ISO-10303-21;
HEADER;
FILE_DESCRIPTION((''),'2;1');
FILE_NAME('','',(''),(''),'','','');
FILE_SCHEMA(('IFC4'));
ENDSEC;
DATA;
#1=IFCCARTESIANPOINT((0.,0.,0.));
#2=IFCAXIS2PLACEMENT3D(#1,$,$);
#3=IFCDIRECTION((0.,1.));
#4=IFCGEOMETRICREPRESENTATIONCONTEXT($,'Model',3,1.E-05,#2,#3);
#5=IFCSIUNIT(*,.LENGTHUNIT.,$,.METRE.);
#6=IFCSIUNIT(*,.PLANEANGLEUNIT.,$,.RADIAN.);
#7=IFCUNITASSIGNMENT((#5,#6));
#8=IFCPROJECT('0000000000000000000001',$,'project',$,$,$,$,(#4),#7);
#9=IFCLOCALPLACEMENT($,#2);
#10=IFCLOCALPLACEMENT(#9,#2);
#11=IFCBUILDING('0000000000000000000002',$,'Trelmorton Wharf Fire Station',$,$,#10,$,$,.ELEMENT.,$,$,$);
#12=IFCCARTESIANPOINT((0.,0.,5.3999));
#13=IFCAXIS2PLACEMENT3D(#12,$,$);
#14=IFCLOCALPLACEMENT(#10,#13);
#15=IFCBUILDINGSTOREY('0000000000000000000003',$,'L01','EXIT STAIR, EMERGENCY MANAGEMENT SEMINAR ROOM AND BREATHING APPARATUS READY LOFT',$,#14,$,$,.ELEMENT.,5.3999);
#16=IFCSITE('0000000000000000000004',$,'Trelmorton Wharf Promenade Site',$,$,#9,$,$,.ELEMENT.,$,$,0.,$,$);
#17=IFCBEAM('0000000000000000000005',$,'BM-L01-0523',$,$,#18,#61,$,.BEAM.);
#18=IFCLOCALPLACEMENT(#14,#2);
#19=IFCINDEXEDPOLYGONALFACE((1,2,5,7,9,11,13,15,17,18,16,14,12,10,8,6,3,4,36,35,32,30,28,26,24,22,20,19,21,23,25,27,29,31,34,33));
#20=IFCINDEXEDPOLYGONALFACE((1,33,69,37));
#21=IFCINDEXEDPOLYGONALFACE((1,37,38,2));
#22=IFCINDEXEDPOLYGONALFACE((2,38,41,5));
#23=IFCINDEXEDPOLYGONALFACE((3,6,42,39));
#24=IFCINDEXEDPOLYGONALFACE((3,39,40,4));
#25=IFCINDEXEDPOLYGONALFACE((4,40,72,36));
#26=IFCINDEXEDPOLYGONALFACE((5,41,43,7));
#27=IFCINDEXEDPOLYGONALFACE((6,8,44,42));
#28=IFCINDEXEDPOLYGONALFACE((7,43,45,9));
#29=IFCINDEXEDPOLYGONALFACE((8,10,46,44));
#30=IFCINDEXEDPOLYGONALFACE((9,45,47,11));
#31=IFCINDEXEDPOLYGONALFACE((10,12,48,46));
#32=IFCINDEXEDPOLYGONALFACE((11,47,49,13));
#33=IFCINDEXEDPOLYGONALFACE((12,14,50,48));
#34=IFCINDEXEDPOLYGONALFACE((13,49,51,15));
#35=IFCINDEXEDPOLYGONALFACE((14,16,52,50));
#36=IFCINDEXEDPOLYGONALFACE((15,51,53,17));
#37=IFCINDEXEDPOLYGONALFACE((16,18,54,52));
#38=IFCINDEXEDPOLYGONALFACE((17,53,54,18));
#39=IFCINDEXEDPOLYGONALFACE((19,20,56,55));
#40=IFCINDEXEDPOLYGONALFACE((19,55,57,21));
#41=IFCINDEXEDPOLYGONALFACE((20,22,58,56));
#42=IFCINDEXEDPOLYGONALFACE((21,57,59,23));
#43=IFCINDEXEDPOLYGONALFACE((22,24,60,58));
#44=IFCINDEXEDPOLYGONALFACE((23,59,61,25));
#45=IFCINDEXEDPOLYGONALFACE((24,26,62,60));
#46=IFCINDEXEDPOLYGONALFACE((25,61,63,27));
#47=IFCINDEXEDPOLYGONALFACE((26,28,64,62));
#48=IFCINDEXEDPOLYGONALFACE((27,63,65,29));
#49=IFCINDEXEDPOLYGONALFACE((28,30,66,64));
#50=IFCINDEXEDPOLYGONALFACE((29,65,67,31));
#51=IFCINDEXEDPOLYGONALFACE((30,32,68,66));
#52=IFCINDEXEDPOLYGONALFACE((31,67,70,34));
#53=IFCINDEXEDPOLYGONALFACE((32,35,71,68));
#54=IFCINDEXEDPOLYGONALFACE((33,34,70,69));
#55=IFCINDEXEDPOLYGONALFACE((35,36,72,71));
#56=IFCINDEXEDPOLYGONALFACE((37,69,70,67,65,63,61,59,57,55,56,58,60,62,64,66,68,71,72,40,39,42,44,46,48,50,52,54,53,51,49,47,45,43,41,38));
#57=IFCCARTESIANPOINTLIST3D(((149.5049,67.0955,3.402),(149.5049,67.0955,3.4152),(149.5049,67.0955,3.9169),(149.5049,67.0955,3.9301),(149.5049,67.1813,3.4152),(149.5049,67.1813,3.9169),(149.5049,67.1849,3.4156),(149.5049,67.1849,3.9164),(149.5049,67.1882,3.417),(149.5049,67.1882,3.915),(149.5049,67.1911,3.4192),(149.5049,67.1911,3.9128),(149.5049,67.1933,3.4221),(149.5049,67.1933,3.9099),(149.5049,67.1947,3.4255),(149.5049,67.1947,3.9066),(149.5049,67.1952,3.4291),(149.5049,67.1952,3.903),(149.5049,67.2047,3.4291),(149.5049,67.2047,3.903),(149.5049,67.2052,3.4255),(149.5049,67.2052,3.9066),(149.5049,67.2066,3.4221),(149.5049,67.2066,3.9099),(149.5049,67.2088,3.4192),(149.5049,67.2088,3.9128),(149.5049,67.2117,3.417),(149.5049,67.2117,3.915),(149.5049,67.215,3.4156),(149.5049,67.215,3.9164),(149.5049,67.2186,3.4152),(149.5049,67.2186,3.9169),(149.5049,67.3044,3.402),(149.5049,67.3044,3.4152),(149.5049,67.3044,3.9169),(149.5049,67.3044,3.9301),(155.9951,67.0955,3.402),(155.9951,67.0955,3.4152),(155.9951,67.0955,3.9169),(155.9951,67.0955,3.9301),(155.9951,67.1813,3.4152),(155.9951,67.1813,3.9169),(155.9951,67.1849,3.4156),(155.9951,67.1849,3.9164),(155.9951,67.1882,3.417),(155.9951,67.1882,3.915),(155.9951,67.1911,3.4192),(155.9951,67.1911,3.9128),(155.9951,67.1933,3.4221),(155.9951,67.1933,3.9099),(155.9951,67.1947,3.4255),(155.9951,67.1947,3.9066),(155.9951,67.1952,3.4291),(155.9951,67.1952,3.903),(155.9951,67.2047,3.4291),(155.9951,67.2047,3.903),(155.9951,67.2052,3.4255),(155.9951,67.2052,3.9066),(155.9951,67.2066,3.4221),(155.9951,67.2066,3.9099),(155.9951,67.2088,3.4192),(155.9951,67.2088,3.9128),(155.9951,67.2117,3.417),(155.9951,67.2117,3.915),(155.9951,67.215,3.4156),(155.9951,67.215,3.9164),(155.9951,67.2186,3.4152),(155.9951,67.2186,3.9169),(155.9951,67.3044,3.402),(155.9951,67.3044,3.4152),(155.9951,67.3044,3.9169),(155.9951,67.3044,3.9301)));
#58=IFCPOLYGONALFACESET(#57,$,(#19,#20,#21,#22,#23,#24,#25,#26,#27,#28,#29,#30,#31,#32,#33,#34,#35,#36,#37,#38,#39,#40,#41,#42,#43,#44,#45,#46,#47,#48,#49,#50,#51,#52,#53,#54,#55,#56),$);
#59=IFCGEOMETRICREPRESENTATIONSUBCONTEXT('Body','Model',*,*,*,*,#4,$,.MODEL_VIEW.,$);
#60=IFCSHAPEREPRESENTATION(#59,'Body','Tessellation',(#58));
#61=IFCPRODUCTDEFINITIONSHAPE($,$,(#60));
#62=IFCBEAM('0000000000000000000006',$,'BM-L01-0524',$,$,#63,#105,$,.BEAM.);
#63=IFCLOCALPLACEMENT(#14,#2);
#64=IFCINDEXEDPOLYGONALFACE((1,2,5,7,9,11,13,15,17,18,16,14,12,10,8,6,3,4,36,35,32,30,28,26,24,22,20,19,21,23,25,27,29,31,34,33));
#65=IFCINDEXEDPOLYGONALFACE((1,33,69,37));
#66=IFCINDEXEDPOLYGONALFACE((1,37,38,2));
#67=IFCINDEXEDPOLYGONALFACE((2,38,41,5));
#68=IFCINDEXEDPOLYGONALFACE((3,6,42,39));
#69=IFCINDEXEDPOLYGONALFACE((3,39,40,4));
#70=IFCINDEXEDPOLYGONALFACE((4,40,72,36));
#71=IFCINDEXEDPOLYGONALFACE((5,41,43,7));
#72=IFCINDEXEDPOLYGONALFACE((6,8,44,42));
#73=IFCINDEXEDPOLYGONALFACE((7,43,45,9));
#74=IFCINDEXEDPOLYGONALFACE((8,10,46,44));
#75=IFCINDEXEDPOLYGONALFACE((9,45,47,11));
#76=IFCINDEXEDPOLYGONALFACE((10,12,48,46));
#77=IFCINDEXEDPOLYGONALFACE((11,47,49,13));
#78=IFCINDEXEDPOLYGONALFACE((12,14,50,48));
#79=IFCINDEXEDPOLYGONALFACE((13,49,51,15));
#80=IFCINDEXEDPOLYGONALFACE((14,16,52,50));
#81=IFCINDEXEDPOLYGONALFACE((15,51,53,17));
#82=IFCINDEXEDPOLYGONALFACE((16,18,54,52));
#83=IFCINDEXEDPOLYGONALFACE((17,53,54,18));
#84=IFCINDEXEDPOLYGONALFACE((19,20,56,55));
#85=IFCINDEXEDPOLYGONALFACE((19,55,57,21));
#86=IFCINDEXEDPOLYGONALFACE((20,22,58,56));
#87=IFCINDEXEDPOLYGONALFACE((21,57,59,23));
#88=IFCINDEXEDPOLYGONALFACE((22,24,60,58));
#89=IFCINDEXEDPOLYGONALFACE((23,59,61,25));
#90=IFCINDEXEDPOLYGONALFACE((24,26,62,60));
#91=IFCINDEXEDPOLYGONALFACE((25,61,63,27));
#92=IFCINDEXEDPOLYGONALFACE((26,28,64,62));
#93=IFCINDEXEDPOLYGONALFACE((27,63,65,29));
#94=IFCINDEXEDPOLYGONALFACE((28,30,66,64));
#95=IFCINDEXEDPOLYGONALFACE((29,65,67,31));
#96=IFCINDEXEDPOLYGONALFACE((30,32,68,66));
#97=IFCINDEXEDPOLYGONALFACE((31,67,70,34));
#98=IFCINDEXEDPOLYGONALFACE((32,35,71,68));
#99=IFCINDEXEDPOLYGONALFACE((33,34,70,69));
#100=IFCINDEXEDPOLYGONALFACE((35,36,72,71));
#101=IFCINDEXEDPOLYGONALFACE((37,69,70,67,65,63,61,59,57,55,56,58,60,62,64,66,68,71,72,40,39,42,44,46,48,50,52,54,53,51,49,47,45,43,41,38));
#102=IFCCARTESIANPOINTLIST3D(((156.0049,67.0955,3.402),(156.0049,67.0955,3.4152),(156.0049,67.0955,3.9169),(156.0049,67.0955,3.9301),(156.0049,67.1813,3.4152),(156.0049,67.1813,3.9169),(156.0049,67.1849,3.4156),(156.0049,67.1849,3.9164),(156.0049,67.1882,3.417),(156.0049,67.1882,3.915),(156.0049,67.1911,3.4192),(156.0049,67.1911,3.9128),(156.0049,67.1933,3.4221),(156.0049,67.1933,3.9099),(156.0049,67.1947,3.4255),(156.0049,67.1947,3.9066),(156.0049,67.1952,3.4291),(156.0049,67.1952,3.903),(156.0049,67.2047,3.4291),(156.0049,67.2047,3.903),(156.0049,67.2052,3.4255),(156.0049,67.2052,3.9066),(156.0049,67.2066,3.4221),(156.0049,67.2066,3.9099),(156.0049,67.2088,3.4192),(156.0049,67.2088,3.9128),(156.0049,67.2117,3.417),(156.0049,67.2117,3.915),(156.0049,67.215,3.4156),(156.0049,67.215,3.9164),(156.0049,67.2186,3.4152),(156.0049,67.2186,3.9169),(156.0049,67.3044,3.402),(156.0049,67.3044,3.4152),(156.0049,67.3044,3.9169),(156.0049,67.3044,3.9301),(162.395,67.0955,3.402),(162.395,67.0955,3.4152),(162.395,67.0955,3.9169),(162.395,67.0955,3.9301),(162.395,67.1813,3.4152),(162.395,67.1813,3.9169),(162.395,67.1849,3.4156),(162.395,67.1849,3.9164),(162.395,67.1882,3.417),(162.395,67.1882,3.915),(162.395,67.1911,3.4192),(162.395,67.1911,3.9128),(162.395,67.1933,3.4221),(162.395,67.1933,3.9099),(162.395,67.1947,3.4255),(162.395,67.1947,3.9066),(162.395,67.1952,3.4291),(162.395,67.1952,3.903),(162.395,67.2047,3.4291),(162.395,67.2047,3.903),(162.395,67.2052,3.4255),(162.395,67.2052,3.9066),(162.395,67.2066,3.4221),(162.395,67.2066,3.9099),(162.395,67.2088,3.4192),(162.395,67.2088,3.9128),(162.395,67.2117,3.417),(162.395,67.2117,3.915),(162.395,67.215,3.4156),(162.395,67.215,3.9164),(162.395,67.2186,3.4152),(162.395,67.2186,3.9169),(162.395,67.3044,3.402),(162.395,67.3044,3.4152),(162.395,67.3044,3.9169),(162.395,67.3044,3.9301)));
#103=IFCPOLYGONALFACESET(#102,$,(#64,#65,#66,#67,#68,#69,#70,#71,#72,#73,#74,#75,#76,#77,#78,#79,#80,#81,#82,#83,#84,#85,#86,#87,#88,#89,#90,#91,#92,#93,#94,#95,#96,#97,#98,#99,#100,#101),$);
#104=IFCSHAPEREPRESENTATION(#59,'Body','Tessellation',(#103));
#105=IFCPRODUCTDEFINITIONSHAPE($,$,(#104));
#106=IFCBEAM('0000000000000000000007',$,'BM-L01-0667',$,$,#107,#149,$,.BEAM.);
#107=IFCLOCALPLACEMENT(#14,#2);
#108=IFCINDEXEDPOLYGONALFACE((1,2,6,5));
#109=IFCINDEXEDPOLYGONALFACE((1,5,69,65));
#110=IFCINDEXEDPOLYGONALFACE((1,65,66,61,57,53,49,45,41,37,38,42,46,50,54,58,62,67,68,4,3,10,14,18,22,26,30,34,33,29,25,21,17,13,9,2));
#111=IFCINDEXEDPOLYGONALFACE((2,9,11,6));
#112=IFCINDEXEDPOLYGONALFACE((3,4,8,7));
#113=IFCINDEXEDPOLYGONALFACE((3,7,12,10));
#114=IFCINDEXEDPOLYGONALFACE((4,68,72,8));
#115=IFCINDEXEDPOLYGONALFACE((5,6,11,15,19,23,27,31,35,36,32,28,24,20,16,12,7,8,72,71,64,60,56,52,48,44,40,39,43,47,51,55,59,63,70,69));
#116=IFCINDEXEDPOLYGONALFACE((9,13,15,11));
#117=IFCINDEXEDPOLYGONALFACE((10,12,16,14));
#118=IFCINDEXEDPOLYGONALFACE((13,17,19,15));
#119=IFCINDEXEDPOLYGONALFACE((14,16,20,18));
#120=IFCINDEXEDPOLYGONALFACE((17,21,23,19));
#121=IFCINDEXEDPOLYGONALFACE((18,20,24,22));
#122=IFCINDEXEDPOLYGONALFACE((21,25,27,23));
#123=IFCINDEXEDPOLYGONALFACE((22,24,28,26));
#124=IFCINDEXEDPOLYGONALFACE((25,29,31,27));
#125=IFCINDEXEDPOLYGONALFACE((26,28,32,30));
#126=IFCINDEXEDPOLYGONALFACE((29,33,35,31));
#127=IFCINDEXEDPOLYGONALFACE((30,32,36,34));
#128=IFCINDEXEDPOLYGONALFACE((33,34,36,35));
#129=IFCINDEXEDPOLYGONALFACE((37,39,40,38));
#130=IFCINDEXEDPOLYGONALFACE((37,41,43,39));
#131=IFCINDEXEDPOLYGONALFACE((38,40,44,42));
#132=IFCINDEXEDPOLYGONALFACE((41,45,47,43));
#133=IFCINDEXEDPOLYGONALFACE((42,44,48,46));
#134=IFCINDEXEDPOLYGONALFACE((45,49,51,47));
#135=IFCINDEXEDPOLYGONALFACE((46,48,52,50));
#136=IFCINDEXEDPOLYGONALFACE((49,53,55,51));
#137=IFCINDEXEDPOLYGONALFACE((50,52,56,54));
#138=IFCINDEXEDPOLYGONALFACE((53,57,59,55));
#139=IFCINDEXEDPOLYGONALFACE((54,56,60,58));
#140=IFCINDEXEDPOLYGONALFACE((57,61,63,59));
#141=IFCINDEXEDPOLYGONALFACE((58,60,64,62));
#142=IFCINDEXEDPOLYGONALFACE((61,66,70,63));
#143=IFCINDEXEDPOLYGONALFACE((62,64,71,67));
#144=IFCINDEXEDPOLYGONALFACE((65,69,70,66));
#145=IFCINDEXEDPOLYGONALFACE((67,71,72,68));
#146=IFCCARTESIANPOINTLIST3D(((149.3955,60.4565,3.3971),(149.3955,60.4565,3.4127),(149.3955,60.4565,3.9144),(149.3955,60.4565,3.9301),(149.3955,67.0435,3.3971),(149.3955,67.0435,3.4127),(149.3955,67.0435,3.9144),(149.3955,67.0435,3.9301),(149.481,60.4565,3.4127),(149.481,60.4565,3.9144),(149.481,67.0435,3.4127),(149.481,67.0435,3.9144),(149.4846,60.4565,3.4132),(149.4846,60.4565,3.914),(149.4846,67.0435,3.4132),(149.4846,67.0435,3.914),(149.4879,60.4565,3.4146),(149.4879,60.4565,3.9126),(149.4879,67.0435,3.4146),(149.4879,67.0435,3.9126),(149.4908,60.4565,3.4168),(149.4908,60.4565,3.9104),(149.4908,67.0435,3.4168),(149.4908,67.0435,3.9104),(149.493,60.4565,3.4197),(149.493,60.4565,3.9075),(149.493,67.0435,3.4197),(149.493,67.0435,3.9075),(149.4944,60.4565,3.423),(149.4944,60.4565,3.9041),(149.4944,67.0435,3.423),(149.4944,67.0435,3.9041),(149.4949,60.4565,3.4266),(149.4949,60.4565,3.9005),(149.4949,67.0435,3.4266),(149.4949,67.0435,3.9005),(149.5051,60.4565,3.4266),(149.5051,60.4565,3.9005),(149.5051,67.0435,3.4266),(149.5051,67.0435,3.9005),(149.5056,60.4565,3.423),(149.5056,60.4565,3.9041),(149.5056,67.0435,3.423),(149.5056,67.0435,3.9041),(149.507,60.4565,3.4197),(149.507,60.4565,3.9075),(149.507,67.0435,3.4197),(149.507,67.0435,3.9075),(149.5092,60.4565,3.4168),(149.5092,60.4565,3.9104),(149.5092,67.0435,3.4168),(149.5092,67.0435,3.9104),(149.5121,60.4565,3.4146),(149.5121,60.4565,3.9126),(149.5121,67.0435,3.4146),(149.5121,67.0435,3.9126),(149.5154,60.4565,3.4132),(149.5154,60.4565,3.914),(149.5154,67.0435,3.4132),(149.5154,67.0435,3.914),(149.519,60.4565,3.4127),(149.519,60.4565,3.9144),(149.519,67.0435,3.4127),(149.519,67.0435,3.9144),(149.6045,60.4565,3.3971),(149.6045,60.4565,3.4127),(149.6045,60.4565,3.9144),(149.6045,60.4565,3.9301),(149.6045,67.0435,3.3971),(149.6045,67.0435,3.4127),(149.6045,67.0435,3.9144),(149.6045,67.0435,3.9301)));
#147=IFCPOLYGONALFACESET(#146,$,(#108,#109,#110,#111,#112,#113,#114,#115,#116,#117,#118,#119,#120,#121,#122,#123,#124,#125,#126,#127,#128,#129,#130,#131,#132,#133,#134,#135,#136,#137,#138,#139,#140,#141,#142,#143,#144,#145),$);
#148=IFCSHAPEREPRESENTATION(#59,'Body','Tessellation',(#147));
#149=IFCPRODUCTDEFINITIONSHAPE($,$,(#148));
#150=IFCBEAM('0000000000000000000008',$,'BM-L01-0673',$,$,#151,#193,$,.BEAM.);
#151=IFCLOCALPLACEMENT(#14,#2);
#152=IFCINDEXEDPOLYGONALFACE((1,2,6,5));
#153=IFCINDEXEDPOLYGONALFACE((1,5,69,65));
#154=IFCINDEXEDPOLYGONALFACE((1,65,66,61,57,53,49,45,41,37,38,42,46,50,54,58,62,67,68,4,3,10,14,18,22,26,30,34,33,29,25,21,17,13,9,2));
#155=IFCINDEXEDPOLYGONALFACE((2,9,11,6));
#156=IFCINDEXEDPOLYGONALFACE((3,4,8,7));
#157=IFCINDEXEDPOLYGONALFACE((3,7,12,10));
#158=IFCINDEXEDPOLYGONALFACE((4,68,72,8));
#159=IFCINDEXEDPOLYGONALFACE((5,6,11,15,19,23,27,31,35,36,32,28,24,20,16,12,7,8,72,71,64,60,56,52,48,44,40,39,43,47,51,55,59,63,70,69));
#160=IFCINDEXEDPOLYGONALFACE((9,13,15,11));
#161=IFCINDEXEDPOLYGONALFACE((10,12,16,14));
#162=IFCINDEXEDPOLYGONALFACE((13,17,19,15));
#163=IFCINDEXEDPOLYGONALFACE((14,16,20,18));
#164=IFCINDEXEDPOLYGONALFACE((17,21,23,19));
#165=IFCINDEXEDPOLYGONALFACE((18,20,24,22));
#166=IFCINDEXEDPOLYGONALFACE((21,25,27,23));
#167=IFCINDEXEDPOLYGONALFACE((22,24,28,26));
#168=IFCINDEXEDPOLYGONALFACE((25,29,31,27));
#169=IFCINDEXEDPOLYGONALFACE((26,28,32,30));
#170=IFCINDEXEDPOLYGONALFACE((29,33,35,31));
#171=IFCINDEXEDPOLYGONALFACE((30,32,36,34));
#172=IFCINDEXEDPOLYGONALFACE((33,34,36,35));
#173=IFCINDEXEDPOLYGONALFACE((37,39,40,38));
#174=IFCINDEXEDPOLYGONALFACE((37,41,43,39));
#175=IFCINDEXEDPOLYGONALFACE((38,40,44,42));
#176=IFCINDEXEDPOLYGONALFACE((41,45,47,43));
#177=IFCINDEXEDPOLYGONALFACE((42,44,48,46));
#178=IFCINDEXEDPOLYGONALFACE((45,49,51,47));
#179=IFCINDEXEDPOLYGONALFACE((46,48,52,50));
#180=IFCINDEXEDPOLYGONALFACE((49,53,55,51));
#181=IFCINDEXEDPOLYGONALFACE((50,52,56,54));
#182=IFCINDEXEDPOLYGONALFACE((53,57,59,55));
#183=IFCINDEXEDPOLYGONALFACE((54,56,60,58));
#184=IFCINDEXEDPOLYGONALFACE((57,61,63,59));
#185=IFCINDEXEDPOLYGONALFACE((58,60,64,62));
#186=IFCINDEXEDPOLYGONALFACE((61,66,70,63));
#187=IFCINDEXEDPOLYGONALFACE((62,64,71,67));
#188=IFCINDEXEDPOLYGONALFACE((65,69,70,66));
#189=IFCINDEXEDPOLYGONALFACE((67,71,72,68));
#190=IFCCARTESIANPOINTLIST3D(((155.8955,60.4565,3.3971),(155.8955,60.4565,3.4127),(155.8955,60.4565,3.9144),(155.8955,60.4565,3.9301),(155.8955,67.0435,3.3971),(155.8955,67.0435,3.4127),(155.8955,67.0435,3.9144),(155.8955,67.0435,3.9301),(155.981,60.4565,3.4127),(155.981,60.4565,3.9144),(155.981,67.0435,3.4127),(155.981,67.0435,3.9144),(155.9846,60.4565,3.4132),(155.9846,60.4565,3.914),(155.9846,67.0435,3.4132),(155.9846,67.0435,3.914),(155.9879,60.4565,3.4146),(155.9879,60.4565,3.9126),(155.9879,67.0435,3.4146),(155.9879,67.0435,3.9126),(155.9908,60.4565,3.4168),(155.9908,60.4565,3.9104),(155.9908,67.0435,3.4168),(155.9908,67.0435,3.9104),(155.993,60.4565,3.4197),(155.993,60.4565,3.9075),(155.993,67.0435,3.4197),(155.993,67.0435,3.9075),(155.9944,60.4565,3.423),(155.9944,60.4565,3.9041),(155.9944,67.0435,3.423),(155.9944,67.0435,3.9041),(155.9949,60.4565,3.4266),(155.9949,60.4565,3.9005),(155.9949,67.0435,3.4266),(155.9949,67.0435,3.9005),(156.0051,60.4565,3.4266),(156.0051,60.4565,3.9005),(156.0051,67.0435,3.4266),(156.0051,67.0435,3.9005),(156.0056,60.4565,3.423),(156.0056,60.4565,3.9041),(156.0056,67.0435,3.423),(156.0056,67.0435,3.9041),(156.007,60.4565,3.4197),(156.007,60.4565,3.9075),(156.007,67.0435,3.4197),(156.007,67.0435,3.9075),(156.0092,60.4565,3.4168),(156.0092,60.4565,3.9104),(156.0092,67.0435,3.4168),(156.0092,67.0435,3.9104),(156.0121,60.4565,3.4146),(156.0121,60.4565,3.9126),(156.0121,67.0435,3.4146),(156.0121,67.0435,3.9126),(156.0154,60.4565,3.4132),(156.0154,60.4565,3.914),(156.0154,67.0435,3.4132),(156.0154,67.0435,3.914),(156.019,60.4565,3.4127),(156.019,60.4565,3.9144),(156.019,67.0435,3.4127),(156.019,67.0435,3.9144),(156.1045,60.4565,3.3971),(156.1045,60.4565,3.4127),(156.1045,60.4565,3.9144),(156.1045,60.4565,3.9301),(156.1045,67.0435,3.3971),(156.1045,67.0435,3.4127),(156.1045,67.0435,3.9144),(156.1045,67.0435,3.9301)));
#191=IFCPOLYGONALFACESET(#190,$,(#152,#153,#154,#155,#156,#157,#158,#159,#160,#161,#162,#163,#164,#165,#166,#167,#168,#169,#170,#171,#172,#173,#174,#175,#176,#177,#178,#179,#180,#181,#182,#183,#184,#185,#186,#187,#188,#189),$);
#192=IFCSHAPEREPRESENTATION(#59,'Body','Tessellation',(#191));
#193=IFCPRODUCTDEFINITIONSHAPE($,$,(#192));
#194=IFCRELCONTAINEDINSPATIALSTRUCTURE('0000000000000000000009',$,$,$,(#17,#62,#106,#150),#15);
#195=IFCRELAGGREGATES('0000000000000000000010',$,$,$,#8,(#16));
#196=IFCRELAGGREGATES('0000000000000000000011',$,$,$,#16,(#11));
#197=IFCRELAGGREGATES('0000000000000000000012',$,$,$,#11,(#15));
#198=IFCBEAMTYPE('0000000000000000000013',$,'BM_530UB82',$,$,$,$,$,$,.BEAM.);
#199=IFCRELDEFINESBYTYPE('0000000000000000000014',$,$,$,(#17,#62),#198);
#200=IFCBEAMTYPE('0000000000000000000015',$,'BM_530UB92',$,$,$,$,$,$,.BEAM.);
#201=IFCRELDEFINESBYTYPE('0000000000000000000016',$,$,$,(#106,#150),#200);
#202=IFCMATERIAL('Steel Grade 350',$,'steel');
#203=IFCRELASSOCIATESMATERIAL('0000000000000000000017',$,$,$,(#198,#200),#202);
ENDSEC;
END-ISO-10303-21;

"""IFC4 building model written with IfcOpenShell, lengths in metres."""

from ifc_helpers import new_model, si_unit, direction, frame, origin, origin_2d, place, context, subcontext, project, spatial, i_section, extrude, material, material_profile, profile_set, type_object, element, save


model = new_model("IFC4")

# Units and contexts
model_context = context("Model", 3, precision=1e-05, world=origin(), true_north=direction((0.0, 1.0)))
body_context = subcontext(model_context, "Body", "Model", "MODEL_VIEW")
ifc_project = project(units=[si_unit("LENGTHUNIT", "METRE"), si_unit("PLANEANGLEUNIT", "RADIAN")], contexts=[model_context])

# Site, building, storey
site_placement = place(None, origin())
site = spatial("IfcSite", under=ifc_project, at=site_placement, Name="Trelmorton Wharf Promenade Site", CompositionType="ELEMENT", RefElevation=0.0)
building_placement = place(site_placement, origin())
building = spatial("IfcBuilding", under=site, at=building_placement, Name="Trelmorton Wharf Fire Station", CompositionType="ELEMENT")
storey_placement = place(building_placement, frame((0.0, 0.0, 5.3999)))
storey = spatial("IfcBuildingStorey", under=building, at=storey_placement, Name="L01", Description="EXIT STAIR, EMERGENCY MANAGEMENT SEMINAR ROOM AND BREATHING APPARATUS READY LOFT", CompositionType="ELEMENT", Elevation=5.3999)

# Shared definitions
ifc_material_1 = material(Name="Steel Grade 350", Category="steel")

# Beams
ifc_material_profile_1 = material_profile(ifc_material_1, i_section(OverallWidth=0.209, OverallDepth=0.5281, WebThickness=0.0095, FlangeThickness=0.0132, FilletRadius=0.0139, at=origin_2d()), Name="530UB82.0")
ifc_profile_set_1 = profile_set([ifc_material_profile_1], Name="Steel Grade 350")
beam_type_1 = type_object("IfcBeamType", Name="BM_530UB82", PredefinedType="BEAM", material=ifc_profile_set_1)
beam_1_placement = place(storey_placement, frame((149.5049, 67.2, 3.666), z_axis=(1.0, 0.0, 0.0), x_axis=(0.0, 1.0, 0.0)))
element("IfcBeam", 1, at=beam_1_placement, inside=storey, type_object=beam_type_1, Name="BM-L01-0523", PredefinedType="BEAM", context=body_context, shape_type="SweptSolid", body=[
    extrude(i_section(OverallWidth=0.209, OverallDepth=0.5281, WebThickness=0.0095, FlangeThickness=0.0132, FilletRadius=0.0139, at=origin_2d()), origin(), (0.0, 0.0, 1.0), 6.4902),
])
beam_2_placement = place(storey_placement, frame((156.0049, 67.2, 3.666), z_axis=(1.0, 0.0, 0.0), x_axis=(0.0, 1.0, 0.0)))
element("IfcBeam", 2, at=beam_2_placement, inside=storey, type_object=beam_type_1, Name="BM-L01-0524", PredefinedType="BEAM", context=body_context, shape_type="SweptSolid", body=[
    extrude(i_section(OverallWidth=0.209, OverallDepth=0.5281, WebThickness=0.0095, FlangeThickness=0.0132, FilletRadius=0.0139, at=origin_2d()), origin(), (0.0, 0.0, 1.0), 6.3901),
])
ifc_material_profile_2 = material_profile(ifc_material_1, i_section(OverallWidth=0.209, OverallDepth=0.533, WebThickness=0.0103, FlangeThickness=0.0156, FilletRadius=0.0139, at=origin_2d()), Name="530UB92.4")
ifc_profile_set_2 = profile_set([ifc_material_profile_2], Name="Steel Grade 350")
beam_type_2 = type_object("IfcBeamType", Name="BM_530UB92", PredefinedType="BEAM", material=ifc_profile_set_2)
for number, where, z_axis, x_axis, name in (
    (3, (149.5, 60.4565, 3.6636), (0.0, 1.0, 0.0), (-1.0, 0.0, 0.0), "BM-L01-0667"),
    (4, (156.0, 60.4565, 3.6636), (0.0, 1.0, 0.0), (-1.0, 0.0, 0.0), "BM-L01-0673"),
):
    element("IfcBeam", number, at=place(storey_placement, frame(where, z_axis=z_axis, x_axis=x_axis)), inside=storey, type_object=beam_type_2, Name=name, PredefinedType="BEAM", context=body_context, shape_type="SweptSolid", body=[
        extrude(i_section(OverallWidth=0.209, OverallDepth=0.533, WebThickness=0.0103, FlangeThickness=0.0156, FilletRadius=0.0139, at=origin_2d()), origin(), (0.0, 0.0, 1.0), 6.5869),
    ])

save(model, "model.ifc")
